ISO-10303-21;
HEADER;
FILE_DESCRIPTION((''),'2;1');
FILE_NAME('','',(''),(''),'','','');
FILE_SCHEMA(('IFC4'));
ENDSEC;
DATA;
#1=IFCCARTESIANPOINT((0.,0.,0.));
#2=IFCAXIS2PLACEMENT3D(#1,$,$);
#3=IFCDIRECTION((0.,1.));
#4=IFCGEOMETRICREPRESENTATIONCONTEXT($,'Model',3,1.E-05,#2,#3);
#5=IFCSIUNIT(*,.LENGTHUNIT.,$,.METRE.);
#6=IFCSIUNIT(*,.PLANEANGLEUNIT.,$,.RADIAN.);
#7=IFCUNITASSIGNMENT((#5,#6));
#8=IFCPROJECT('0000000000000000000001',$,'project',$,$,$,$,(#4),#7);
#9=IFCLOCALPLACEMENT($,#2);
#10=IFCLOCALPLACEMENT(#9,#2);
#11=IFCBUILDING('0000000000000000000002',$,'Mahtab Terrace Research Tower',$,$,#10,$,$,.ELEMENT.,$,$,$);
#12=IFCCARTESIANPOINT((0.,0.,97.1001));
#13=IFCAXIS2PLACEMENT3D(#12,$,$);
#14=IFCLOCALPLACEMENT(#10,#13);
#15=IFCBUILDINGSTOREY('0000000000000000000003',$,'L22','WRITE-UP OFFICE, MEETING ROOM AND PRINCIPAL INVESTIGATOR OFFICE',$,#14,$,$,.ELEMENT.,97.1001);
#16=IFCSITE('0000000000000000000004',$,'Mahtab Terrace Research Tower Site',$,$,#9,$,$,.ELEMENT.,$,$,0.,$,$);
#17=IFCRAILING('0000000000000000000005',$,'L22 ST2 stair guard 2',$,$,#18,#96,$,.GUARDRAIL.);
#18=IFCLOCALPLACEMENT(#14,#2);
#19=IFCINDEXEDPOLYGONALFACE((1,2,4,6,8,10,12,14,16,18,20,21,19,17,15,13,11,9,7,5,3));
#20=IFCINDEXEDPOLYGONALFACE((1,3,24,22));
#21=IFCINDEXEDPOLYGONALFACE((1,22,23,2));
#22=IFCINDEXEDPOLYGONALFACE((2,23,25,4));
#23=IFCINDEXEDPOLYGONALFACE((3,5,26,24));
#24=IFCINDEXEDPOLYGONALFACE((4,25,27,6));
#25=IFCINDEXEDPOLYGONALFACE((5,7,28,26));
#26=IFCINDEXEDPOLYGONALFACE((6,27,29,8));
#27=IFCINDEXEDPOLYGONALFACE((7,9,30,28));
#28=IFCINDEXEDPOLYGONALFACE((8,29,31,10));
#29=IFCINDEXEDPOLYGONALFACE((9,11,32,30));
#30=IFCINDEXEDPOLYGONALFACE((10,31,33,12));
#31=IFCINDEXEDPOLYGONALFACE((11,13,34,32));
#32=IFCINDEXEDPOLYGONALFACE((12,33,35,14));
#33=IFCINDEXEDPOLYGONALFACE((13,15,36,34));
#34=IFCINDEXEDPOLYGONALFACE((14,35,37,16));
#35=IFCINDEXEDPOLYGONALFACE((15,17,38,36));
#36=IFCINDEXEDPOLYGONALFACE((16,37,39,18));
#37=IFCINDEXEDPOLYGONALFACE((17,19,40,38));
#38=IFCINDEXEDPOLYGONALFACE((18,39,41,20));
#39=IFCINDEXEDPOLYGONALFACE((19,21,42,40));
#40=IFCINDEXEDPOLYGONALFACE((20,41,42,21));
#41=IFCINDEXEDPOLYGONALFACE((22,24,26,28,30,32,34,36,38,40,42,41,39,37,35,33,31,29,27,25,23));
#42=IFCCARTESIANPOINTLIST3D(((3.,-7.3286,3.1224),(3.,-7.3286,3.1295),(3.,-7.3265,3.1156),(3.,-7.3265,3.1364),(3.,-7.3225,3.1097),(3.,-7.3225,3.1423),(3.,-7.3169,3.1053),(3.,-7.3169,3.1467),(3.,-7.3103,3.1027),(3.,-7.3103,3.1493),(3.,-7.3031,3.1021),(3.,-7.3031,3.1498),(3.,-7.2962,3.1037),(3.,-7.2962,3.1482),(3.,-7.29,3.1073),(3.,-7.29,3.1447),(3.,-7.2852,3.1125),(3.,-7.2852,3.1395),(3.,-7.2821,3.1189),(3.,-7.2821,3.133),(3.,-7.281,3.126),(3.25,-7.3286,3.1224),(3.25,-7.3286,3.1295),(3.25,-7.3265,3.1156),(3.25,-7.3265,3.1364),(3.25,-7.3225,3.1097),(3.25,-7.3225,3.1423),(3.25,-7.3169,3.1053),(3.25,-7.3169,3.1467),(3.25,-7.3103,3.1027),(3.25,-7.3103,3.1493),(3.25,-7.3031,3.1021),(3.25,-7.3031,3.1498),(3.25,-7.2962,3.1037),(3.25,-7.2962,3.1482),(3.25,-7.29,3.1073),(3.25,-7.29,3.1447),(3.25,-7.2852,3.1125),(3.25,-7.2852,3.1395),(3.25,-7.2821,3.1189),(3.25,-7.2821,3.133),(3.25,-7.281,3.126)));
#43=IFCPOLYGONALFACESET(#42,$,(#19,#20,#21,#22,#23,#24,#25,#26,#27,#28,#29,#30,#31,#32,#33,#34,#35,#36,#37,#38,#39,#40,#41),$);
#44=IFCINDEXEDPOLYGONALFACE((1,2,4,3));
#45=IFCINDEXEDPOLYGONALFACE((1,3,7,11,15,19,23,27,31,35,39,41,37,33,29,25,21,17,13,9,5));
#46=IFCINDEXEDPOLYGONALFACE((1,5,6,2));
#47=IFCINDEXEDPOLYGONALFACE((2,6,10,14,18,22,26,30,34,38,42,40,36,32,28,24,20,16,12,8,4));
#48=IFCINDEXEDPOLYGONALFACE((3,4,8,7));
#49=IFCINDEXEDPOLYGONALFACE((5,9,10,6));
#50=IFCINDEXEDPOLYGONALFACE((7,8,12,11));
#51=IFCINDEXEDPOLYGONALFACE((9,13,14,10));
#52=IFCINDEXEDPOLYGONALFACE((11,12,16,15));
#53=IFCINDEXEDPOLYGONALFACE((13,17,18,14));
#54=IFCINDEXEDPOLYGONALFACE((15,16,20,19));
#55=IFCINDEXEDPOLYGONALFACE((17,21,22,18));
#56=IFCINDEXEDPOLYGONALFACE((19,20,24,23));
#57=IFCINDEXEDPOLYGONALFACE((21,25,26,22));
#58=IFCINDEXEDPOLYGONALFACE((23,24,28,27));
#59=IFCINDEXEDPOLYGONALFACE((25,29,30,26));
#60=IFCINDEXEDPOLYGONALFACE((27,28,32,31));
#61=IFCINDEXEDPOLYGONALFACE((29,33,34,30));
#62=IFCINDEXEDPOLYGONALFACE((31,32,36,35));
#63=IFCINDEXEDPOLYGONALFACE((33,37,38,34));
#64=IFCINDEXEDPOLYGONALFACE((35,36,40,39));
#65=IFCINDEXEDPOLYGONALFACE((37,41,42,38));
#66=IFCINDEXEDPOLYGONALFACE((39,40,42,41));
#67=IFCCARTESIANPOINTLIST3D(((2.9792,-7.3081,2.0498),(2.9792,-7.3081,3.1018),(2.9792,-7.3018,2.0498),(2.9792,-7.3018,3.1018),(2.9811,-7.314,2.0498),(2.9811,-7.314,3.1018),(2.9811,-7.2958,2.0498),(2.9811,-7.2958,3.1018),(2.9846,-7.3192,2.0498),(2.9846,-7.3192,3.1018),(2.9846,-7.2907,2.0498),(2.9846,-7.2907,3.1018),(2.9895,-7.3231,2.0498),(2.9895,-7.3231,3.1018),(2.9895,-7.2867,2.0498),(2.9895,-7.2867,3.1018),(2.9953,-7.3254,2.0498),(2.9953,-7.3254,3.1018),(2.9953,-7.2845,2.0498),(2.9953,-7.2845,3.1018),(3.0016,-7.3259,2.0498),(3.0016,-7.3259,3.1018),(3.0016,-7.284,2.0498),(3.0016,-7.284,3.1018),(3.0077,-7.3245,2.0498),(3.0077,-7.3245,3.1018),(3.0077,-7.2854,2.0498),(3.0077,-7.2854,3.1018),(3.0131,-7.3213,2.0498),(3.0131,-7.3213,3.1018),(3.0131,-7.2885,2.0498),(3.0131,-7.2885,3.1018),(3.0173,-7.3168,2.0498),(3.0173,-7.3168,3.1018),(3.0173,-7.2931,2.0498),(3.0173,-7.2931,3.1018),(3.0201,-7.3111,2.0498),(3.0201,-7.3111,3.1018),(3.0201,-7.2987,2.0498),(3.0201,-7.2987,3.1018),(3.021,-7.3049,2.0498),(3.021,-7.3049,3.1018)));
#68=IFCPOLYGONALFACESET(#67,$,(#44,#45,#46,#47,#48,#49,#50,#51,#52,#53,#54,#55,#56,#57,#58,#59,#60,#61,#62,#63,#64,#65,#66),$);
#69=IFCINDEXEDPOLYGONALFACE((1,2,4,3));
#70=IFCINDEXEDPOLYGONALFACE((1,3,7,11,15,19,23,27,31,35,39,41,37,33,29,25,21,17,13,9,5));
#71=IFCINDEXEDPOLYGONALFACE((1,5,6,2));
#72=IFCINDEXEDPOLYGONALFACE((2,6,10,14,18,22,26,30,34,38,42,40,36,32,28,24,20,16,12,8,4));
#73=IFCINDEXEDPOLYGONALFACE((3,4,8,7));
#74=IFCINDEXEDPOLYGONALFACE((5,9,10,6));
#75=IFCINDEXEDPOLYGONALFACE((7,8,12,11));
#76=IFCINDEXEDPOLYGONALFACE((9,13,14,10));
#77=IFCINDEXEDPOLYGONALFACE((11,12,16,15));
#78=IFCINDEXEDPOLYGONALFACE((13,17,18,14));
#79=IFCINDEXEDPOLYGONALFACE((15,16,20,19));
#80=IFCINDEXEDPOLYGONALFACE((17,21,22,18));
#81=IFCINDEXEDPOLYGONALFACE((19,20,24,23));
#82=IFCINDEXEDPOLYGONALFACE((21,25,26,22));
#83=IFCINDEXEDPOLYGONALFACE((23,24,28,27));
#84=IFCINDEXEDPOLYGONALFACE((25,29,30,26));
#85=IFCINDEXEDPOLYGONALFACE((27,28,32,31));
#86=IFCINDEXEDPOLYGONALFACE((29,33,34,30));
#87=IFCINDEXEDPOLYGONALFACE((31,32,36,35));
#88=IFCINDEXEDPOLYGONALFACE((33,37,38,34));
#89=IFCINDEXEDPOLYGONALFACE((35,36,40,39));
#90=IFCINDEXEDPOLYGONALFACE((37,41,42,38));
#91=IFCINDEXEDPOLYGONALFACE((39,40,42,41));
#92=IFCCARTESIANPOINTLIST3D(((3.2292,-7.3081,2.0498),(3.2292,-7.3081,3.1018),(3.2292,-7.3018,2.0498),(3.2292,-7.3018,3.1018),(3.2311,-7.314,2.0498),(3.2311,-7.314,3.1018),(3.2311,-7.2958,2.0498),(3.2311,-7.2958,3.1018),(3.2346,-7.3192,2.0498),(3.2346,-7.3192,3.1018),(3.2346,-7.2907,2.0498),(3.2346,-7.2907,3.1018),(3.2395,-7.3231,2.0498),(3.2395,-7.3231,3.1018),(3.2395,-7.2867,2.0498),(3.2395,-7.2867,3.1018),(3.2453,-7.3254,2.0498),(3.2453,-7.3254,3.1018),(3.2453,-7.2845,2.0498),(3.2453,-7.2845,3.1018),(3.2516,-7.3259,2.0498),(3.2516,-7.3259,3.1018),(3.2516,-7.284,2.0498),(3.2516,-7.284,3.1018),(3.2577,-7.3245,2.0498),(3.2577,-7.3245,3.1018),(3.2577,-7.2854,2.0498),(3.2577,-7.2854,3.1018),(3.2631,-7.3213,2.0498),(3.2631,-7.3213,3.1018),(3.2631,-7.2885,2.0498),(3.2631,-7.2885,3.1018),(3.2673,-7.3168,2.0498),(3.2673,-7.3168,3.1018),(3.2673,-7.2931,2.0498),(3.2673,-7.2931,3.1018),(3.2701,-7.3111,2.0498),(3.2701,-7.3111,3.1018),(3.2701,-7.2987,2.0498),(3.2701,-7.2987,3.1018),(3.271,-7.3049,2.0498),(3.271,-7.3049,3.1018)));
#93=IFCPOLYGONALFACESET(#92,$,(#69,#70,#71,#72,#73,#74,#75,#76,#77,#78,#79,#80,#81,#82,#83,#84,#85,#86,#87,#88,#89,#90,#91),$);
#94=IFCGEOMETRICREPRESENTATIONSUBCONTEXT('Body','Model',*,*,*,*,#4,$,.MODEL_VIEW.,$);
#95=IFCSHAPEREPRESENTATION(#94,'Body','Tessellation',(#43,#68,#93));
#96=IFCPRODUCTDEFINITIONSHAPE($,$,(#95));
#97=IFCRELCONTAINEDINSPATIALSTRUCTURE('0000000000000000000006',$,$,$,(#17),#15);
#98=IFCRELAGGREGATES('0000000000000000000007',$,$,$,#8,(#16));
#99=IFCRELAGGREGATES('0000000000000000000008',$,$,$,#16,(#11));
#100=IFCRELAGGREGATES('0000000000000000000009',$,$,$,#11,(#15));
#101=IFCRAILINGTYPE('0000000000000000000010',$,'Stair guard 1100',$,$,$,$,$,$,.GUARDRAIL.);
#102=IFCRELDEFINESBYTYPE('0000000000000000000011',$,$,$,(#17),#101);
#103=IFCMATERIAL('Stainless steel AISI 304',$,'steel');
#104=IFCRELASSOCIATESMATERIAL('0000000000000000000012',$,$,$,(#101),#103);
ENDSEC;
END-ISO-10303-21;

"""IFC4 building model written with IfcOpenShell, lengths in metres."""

from ifc_helpers import new_model, si_unit, direction, frame, origin, origin_2d, place, context, subcontext, project, spatial, circle, extrude, material, type_object, element, save


model = new_model("IFC4")

# Units and contexts
model_context = context("Model", 3, precision=1e-05, world=origin(), true_north=direction((0.0, 1.0)))
body_context = subcontext(model_context, "Body", "Model", "MODEL_VIEW")
ifc_project = project(units=[si_unit("LENGTHUNIT", "METRE"), si_unit("PLANEANGLEUNIT", "RADIAN")], contexts=[model_context])

# Site, building, storey
site_placement = place(None, origin())
site = spatial("IfcSite", under=ifc_project, at=site_placement, Name="Mahtab Terrace Research Tower Site", CompositionType="ELEMENT", RefElevation=0.0)
building_placement = place(site_placement, origin())
building = spatial("IfcBuilding", under=site, at=building_placement, Name="Mahtab Terrace Research Tower", CompositionType="ELEMENT")
storey_placement = place(building_placement, frame((0.0, 0.0, 97.1001)))
storey = spatial("IfcBuildingStorey", under=building, at=storey_placement, Name="L22", Description="WRITE-UP OFFICE, MEETING ROOM AND PRINCIPAL INVESTIGATOR OFFICE", CompositionType="ELEMENT", Elevation=97.1001)

# Railing
ifc_material_1 = material(Name="Stainless steel AISI 304", Category="steel")
railing_type_1 = type_object("IfcRailingType", Name="Stair guard 1100", PredefinedType="GUARDRAIL", material=ifc_material_1)
railing_1_placement = place(storey_placement, frame((3.0, -7.3049, 2.0498)))
element("IfcRailing", 1, at=railing_1_placement, inside=storey, type_object=railing_type_1, Name="L22 ST2 stair guard 2", PredefinedType="GUARDRAIL", context=body_context, shape_type="SweptSolid", body=[
    extrude(circle(Radius=0.0239, at=origin_2d()), frame((0.0, 0.0, 1.0762), z_axis=(1.0, 0.0, 0.0), x_axis=(0.0, 1.0, 0.0)), (0.0, 0.0, 1.0), 0.25),
    extrude(circle(Radius=0.021, at=origin_2d()), origin(), (0.0, 0.0, 1.0), 1.052),
    extrude(circle(Radius=0.021, at=origin_2d()), frame((0.25, 0.0, 0.0)), (0.0, 0.0, 1.0), 1.052),
])

save(model, "model.ifc")
